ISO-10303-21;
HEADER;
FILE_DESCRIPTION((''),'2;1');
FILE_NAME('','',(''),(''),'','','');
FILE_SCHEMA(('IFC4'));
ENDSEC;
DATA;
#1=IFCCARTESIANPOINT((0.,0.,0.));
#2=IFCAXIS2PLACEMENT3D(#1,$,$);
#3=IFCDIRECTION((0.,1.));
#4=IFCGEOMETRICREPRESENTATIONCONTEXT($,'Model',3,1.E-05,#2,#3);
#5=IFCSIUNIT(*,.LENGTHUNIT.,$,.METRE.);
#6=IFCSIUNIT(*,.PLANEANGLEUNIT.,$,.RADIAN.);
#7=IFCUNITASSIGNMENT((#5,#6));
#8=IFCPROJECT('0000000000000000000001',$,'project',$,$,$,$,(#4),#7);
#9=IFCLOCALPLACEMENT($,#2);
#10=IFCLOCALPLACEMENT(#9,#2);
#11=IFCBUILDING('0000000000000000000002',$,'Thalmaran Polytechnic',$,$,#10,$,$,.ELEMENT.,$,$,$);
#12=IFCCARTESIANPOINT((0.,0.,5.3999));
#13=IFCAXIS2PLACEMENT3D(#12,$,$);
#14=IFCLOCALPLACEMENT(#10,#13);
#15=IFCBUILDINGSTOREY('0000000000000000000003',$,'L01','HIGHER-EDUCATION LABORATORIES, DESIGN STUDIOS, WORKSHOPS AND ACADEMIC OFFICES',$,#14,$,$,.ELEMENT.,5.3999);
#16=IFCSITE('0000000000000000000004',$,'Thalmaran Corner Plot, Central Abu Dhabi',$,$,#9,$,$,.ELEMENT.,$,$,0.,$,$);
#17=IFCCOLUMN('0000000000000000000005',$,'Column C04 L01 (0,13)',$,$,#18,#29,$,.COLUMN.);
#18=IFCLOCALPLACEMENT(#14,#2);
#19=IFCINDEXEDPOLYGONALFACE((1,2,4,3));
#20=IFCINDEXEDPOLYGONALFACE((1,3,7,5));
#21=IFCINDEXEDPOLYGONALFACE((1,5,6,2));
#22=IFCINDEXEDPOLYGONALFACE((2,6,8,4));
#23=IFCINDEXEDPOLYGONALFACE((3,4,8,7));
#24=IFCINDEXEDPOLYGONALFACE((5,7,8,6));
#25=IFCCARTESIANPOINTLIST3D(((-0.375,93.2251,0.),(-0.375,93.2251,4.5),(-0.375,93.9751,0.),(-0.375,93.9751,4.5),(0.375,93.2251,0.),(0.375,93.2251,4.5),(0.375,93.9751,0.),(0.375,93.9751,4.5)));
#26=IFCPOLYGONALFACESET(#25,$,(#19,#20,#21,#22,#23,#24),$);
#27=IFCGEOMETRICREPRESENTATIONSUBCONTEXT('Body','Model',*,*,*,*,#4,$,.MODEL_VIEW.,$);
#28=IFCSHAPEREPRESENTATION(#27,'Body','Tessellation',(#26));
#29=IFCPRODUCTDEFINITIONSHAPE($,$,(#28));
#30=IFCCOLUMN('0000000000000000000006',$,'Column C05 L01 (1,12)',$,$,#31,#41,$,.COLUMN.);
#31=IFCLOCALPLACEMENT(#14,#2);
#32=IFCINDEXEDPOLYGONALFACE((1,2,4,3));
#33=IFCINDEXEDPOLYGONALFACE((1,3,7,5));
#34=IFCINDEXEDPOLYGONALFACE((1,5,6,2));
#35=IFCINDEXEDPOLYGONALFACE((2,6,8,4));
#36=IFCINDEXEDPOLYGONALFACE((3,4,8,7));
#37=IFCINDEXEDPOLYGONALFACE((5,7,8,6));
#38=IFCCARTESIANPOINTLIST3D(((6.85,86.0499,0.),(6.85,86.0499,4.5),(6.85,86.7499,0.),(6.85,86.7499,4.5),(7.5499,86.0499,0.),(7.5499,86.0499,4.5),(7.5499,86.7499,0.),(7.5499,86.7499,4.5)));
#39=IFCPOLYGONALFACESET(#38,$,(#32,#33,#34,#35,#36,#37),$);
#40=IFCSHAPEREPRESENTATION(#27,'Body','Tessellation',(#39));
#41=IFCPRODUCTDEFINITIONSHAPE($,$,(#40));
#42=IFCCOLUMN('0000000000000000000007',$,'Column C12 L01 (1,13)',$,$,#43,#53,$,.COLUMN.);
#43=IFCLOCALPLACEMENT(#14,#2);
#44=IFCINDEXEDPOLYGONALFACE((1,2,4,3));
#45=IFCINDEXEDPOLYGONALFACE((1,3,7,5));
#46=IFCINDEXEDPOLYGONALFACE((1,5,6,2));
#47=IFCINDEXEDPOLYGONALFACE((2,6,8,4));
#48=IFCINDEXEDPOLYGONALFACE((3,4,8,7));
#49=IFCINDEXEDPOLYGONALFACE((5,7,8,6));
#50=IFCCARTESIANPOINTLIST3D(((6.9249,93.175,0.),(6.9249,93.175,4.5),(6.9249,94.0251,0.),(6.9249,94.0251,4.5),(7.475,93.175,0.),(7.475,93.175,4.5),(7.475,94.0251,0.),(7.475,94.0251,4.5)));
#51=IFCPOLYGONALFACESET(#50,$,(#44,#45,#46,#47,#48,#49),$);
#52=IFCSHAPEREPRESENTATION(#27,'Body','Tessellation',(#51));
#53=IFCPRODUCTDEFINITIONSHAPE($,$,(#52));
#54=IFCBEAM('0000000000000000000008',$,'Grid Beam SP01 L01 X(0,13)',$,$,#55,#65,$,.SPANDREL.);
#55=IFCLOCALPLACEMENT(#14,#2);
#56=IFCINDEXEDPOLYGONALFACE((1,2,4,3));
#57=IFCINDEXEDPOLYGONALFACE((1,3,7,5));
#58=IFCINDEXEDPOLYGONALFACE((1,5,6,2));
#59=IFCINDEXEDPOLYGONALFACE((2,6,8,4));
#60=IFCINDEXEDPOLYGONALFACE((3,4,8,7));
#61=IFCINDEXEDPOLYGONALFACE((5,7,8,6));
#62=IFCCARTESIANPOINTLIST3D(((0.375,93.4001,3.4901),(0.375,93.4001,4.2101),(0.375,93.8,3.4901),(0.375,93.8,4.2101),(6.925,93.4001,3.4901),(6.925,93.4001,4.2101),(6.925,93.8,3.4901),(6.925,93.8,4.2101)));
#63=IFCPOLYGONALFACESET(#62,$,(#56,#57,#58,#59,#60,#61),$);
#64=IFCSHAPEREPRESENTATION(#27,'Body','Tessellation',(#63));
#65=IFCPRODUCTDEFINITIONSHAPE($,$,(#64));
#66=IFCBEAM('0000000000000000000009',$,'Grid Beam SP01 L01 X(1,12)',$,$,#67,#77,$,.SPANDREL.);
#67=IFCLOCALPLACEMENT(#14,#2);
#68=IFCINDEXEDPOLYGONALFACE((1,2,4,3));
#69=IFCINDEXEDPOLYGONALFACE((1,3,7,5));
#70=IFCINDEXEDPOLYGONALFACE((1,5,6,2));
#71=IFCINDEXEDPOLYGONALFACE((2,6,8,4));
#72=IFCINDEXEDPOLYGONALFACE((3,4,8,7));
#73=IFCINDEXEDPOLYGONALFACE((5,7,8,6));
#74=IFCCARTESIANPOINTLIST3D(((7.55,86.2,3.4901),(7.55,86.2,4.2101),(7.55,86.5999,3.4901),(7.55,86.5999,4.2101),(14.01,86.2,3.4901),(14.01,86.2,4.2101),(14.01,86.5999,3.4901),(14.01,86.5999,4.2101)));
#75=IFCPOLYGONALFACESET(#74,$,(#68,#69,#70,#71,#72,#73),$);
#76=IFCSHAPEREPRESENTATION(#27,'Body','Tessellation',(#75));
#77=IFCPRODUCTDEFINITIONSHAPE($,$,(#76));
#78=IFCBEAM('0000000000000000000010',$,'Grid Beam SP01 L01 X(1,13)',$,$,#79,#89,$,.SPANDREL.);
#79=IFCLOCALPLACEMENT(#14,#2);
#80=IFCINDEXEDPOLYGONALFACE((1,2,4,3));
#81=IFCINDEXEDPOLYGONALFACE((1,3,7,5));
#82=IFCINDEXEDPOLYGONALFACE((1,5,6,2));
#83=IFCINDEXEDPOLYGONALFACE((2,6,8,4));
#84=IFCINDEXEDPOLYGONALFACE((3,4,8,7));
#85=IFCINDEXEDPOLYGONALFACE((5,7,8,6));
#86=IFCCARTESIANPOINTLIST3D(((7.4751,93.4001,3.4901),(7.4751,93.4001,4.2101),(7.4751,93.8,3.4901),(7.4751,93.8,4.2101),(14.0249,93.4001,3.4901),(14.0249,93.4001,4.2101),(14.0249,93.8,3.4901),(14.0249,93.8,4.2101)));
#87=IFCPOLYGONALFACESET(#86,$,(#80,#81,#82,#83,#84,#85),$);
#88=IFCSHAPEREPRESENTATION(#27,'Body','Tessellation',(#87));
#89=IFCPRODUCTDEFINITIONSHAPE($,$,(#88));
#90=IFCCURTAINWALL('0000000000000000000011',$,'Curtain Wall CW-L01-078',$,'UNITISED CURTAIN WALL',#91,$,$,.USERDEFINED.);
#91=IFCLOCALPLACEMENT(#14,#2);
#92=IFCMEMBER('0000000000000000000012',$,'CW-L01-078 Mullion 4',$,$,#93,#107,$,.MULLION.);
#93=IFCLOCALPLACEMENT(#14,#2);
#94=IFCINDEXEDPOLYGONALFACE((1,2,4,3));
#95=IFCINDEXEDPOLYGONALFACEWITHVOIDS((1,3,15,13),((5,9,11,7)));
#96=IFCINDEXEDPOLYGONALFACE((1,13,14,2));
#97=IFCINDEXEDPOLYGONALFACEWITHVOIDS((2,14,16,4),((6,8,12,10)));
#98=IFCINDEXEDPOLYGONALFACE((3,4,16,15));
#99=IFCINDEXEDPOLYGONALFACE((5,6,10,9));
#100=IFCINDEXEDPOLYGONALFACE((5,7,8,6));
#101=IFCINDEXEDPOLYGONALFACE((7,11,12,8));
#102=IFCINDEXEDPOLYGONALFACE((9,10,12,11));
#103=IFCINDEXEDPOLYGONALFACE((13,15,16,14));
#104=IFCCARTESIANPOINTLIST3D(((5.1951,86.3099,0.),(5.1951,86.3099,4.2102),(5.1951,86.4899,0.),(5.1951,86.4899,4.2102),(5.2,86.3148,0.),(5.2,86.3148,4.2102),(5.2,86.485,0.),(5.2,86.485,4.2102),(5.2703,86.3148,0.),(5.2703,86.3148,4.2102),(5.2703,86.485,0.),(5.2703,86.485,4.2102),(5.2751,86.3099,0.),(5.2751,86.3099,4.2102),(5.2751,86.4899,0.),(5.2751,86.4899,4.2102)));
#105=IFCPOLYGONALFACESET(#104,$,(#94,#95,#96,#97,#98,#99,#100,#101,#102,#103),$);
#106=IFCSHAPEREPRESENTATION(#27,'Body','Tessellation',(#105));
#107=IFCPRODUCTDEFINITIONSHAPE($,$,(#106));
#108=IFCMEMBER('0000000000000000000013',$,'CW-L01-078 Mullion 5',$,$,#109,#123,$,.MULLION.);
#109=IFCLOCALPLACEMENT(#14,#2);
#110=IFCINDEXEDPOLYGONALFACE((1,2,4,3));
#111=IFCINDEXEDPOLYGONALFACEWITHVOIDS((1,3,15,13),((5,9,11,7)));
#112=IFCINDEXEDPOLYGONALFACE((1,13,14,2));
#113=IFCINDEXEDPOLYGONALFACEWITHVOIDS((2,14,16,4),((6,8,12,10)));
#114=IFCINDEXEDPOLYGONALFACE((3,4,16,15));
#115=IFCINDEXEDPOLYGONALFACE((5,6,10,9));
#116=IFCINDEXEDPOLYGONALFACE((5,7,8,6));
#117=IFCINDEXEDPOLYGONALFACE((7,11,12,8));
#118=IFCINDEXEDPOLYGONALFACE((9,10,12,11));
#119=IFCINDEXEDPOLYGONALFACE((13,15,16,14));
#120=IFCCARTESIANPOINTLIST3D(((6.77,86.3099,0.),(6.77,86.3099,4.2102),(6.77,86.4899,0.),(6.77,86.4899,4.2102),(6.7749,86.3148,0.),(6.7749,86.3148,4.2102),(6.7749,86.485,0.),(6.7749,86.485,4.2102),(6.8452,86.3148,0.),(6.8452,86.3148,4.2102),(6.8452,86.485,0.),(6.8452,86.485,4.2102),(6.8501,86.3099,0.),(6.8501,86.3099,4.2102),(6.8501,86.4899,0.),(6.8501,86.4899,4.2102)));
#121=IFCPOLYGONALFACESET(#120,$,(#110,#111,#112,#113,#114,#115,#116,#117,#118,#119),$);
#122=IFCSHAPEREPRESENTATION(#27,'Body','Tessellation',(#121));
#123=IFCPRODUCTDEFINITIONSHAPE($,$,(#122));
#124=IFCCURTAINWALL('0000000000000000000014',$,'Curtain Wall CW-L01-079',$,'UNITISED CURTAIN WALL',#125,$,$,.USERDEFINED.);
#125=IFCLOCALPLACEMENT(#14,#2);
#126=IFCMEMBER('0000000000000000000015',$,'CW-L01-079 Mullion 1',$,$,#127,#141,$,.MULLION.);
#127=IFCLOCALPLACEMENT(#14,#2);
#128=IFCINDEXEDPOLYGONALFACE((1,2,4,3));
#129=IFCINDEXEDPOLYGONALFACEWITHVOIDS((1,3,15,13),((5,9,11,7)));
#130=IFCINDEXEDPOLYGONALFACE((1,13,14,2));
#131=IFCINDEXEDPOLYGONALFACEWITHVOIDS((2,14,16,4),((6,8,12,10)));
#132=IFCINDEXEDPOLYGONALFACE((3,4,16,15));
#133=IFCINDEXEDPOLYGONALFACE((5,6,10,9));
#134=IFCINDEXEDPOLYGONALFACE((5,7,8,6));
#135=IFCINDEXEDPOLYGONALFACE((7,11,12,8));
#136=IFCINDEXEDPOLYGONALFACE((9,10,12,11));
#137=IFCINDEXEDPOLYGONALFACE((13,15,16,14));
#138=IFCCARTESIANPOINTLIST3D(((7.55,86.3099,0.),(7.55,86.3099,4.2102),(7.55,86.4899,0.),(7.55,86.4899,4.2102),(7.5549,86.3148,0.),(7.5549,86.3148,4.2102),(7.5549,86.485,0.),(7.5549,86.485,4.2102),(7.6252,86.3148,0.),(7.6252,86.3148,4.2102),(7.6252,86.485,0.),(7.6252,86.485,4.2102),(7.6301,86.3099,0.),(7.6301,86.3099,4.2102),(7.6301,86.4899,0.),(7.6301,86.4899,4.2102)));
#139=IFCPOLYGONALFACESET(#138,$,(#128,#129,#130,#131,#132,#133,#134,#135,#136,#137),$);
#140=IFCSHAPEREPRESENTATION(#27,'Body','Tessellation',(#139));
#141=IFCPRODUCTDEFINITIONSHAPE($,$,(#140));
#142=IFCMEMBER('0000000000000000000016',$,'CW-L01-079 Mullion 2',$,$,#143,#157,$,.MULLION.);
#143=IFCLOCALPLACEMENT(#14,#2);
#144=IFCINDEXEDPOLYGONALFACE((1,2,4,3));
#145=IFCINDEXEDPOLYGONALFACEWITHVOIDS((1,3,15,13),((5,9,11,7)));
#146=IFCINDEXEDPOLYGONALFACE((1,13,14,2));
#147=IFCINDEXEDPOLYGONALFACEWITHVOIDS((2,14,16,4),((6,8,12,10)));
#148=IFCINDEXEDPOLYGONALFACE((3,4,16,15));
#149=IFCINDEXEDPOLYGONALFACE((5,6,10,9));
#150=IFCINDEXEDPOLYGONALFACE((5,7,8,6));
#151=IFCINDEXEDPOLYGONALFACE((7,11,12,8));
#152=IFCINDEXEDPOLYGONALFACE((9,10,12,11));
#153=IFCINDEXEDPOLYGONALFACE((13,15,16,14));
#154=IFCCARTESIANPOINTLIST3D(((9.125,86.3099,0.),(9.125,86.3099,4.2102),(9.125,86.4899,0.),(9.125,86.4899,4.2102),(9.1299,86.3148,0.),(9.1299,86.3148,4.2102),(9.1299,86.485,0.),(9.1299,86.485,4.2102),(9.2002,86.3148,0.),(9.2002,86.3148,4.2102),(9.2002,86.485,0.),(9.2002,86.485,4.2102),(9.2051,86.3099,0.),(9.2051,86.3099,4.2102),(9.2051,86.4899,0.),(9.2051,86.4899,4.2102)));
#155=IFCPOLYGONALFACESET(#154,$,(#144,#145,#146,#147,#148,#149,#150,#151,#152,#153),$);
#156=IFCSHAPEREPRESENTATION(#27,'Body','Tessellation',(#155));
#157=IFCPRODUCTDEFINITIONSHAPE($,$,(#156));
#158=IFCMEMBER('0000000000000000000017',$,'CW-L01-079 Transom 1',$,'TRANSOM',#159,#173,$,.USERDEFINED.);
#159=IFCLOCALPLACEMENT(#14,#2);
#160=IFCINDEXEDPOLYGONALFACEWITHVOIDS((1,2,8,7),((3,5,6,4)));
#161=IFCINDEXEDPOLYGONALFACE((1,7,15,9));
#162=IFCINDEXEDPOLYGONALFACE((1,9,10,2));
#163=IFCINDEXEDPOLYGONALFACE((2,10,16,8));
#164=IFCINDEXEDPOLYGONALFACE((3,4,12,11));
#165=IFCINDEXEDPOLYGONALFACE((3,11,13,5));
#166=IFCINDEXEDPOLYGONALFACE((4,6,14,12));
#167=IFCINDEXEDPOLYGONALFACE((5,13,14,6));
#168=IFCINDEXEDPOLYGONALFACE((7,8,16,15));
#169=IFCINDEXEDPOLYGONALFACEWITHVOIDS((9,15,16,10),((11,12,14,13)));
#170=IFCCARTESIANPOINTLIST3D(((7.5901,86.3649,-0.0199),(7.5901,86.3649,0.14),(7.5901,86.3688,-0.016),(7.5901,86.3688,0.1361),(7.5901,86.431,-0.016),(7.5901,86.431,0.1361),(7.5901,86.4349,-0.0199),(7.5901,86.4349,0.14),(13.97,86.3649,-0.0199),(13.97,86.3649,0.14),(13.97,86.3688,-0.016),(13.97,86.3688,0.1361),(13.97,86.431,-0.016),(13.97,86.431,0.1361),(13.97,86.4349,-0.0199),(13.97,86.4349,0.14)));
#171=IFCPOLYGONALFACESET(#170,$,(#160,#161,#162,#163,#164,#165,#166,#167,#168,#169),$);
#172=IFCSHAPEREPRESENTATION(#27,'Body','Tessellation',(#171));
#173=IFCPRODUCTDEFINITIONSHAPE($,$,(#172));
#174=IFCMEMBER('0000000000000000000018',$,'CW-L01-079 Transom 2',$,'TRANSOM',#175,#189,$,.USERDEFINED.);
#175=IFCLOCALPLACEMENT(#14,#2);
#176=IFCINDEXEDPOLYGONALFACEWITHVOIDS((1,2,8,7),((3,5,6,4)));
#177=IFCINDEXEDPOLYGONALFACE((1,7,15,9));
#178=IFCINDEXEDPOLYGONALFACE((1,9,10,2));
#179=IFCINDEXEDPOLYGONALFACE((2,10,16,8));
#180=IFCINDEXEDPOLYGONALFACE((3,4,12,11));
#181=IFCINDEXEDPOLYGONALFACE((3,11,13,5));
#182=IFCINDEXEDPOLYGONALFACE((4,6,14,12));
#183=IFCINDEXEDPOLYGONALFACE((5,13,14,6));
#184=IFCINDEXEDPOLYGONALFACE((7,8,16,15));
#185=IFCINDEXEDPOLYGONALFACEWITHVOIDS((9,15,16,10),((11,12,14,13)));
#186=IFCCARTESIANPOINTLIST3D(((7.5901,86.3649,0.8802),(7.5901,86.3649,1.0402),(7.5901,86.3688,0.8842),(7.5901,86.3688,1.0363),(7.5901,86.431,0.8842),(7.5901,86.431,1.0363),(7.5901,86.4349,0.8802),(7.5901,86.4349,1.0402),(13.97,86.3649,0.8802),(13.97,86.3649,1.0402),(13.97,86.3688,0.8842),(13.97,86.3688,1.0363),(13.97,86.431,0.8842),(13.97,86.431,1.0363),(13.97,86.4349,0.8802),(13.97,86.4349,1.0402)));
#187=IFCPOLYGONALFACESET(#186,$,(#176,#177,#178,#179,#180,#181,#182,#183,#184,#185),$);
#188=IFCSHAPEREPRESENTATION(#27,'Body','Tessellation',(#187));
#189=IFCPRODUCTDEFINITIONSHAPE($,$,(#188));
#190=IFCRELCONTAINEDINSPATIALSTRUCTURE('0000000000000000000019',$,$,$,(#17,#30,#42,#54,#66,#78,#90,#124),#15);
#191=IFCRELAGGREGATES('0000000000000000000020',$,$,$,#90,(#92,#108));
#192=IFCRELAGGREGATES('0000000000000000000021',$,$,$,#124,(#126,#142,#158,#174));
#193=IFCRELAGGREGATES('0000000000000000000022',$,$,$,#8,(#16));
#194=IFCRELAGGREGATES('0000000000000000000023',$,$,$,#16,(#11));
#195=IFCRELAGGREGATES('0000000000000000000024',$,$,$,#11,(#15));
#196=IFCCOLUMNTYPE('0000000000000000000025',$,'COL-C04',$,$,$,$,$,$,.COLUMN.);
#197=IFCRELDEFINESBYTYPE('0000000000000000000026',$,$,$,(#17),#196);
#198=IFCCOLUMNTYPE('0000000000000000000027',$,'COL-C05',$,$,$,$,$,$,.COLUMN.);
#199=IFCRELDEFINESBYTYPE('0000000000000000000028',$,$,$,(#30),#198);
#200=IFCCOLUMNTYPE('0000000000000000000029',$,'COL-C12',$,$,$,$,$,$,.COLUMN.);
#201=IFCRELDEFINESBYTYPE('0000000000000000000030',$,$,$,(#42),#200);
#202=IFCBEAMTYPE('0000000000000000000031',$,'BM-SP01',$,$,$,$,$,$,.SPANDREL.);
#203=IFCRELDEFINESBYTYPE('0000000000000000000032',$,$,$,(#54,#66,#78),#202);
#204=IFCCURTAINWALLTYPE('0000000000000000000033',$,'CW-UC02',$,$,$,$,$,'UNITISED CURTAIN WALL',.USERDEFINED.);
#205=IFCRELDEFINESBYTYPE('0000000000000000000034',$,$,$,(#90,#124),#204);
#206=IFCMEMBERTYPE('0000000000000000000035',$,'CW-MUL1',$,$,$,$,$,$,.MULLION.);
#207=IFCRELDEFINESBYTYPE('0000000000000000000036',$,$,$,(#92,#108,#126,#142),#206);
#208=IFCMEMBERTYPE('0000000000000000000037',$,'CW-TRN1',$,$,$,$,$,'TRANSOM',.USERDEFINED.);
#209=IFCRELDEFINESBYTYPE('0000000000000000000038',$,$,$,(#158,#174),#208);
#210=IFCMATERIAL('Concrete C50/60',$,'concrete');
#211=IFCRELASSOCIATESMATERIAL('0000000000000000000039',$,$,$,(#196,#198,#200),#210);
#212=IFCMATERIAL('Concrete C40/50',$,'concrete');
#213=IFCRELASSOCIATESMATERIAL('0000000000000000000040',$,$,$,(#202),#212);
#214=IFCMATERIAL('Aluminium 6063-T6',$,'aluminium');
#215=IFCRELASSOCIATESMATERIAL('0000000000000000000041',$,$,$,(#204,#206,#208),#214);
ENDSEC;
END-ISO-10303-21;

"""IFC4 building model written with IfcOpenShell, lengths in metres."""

from ifc_helpers import new_model, si_unit, direction, frame, origin, origin_2d, place, context, subcontext, project, spatial, rectangle, hollow_rectangle, extrude, material, material_profile, profile_set, type_object, element, aggregate, save


model = new_model("IFC4")

# Units and contexts
model_context = context("Model", 3, precision=1e-05, world=origin(), true_north=direction((0.0, 1.0)))
body_context = subcontext(model_context, "Body", "Model", "MODEL_VIEW")
ifc_project = project(units=[si_unit("LENGTHUNIT", "METRE"), si_unit("PLANEANGLEUNIT", "RADIAN")], contexts=[model_context])

# Site, building, storey
site_placement = place(None, origin())
site = spatial("IfcSite", under=ifc_project, at=site_placement, Name="Thalmaran Corner Plot, Central Abu Dhabi", CompositionType="ELEMENT", RefElevation=0.0)
building_placement = place(site_placement, origin())
building = spatial("IfcBuilding", under=site, at=building_placement, Name="Thalmaran Polytechnic", CompositionType="ELEMENT")
storey_placement = place(building_placement, frame((0.0, 0.0, 5.3999)))
storey = spatial("IfcBuildingStorey", under=building, at=storey_placement, Name="L01", Description="HIGHER-EDUCATION LABORATORIES, DESIGN STUDIOS, WORKSHOPS AND ACADEMIC OFFICES", CompositionType="ELEMENT", Elevation=5.3999)

# Columns
ifc_material_1 = material(Name="Concrete C50/60", Category="concrete")
ifc_material_profile_1 = material_profile(ifc_material_1, rectangle(XDim=0.75, YDim=0.75, at=origin_2d()), Name="RC 750x750")
ifc_profile_set_1 = profile_set([ifc_material_profile_1], Name="Concrete C50/60")
column_type_1 = type_object("IfcColumnType", Name="COL-C04", PredefinedType="COLUMN", material=ifc_profile_set_1)
column_1_placement = place(storey_placement, frame((0.0, 93.6001, 0.0), z_axis=(0.0, 0.0, 1.0), x_axis=(1.0, 0.0, 0.0)))
element("IfcColumn", 1, at=column_1_placement, inside=storey, type_object=column_type_1, Name="Column C04 L01 (0,13)", PredefinedType="COLUMN", context=body_context, shape_type="SweptSolid", body=[
    extrude(rectangle(XDim=0.75, YDim=0.75, at=origin_2d()), origin(), (0.0, 0.0, 1.0), 4.5),
])
ifc_material_profile_2 = material_profile(ifc_material_1, rectangle(XDim=0.7, YDim=0.7, at=origin_2d()), Name="RC 700x700")
ifc_profile_set_2 = profile_set([ifc_material_profile_2], Name="Concrete C50/60")
column_type_2 = type_object("IfcColumnType", Name="COL-C05", PredefinedType="COLUMN", material=ifc_profile_set_2)
column_2_placement = place(storey_placement, frame((7.2, 86.3999, 0.0), z_axis=(0.0, 0.0, 1.0), x_axis=(1.0, 0.0, 0.0)))
element("IfcColumn", 2, at=column_2_placement, inside=storey, type_object=column_type_2, Name="Column C05 L01 (1,12)", PredefinedType="COLUMN", context=body_context, shape_type="SweptSolid", body=[
    extrude(rectangle(XDim=0.7, YDim=0.7, at=origin_2d()), origin(), (0.0, 0.0, 1.0), 4.5),
])
ifc_material_profile_3 = material_profile(ifc_material_1, rectangle(XDim=0.55, YDim=0.8501, at=origin_2d()), Name="RC 550x850")
ifc_profile_set_3 = profile_set([ifc_material_profile_3], Name="Concrete C50/60")
column_type_3 = type_object("IfcColumnType", Name="COL-C12", PredefinedType="COLUMN", material=ifc_profile_set_3)
column_3_placement = place(storey_placement, frame((7.2, 93.6001, 0.0), z_axis=(0.0, 0.0, 1.0), x_axis=(1.0, 0.0, 0.0)))
element("IfcColumn", 3, at=column_3_placement, inside=storey, type_object=column_type_3, Name="Column C12 L01 (1,13)", PredefinedType="COLUMN", context=body_context, shape_type="SweptSolid", body=[
    extrude(rectangle(XDim=0.55, YDim=0.8501, at=origin_2d()), origin(), (0.0, 0.0, 1.0), 4.5),
])

# Beams
ifc_material_2 = material(Name="Concrete C40/50", Category="concrete")
ifc_material_profile_4 = material_profile(ifc_material_2, rectangle(XDim=0.3999, YDim=0.72, at=origin_2d()), Name="RC 400x720")
ifc_profile_set_4 = profile_set([ifc_material_profile_4], Name="Concrete C40/50")
beam_type = type_object("IfcBeamType", Name="BM-SP01", PredefinedType="SPANDREL", material=ifc_profile_set_4)
beam_1_placement = place(storey_placement, frame((0.375, 93.6001, 3.8501), z_axis=(1.0, 0.0, 0.0), x_axis=(0.0, 1.0, 0.0)))
element("IfcBeam", 4, at=beam_1_placement, inside=storey, type_object=beam_type, Name="Grid Beam SP01 L01 X(0,13)", PredefinedType="SPANDREL", context=body_context, shape_type="SweptSolid", body=[
    extrude(rectangle(XDim=0.3999, YDim=0.72, at=origin_2d()), origin(), (0.0, 0.0, 1.0), 6.55),
])
beam_2_placement = place(storey_placement, frame((7.55, 86.3999, 3.8501), z_axis=(1.0, 0.0, 0.0), x_axis=(0.0, 1.0, 0.0)))
element("IfcBeam", 5, at=beam_2_placement, inside=storey, type_object=beam_type, Name="Grid Beam SP01 L01 X(1,12)", PredefinedType="SPANDREL", context=body_context, shape_type="SweptSolid", body=[
    extrude(rectangle(XDim=0.3999, YDim=0.72, at=origin_2d()), origin(), (0.0, 0.0, 1.0), 6.46),
])
beam_3_placement = place(storey_placement, frame((7.4751, 93.6001, 3.8501), z_axis=(1.0, 0.0, 0.0), x_axis=(0.0, 1.0, 0.0)))
element("IfcBeam", 6, at=beam_3_placement, inside=storey, type_object=beam_type, Name="Grid Beam SP01 L01 X(1,13)", PredefinedType="SPANDREL", context=body_context, shape_type="SweptSolid", body=[
    extrude(rectangle(XDim=0.3999, YDim=0.72, at=origin_2d()), origin(), (0.0, 0.0, 1.0), 6.5498),
])

# Curtain walls, members
ifc_material_3 = material(Name="Aluminium 6063-T6", Category="aluminium")
curtain_wall_type = type_object("IfcCurtainWallType", Name="CW-UC02", ElementType="UNITISED CURTAIN WALL", PredefinedType="USERDEFINED", material=ifc_material_3)
curtain_wall_1_placement = place(storey_placement, origin())
curtain_wall_1 = element("IfcCurtainWall", 7, at=curtain_wall_1_placement, inside=storey, type_object=curtain_wall_type, Name="Curtain Wall CW-L01-078", ObjectType="UNITISED CURTAIN WALL", PredefinedType="USERDEFINED")
ifc_material_profile_5 = material_profile(ifc_material_3, hollow_rectangle(XDim=0.0801, YDim=0.1799, WallThickness=0.0049, at=origin_2d()), Name="RHS 180x80x5.0")
ifc_profile_set_5 = profile_set([ifc_material_profile_5], Name="Aluminium 6063-T6")
member_type_1 = type_object("IfcMemberType", Name="CW-MUL1", PredefinedType="MULLION", material=ifc_profile_set_5)
member_1_placement = place(storey_placement, frame((5.2351, 86.3999, 0.0), z_axis=(0.0, 0.0, 1.0), x_axis=(1.0, 0.0, 0.0)))
member_1 = element("IfcMember", 8, at=member_1_placement, type_object=member_type_1, Name="CW-L01-078 Mullion 4", PredefinedType="MULLION", context=body_context, shape_type="SweptSolid", body=[
    extrude(hollow_rectangle(XDim=0.0801, YDim=0.1799, WallThickness=0.0049, at=origin_2d()), origin(), (0.0, 0.0, 1.0), 4.2102),
])
member_2_placement = place(storey_placement, frame((6.8101, 86.3999, 0.0), z_axis=(0.0, 0.0, 1.0), x_axis=(1.0, 0.0, 0.0)))
member_2 = element("IfcMember", 9, at=member_2_placement, type_object=member_type_1, Name="CW-L01-078 Mullion 5", PredefinedType="MULLION", context=body_context, shape_type="SweptSolid", body=[
    extrude(hollow_rectangle(XDim=0.0801, YDim=0.1799, WallThickness=0.0049, at=origin_2d()), origin(), (0.0, 0.0, 1.0), 4.2102),
])
curtain_wall_2_placement = place(storey_placement, origin())
curtain_wall_2 = element("IfcCurtainWall", 10, at=curtain_wall_2_placement, inside=storey, type_object=curtain_wall_type, Name="Curtain Wall CW-L01-079", ObjectType="UNITISED CURTAIN WALL", PredefinedType="USERDEFINED")
member_3_placement = place(storey_placement, frame((7.5901, 86.3999, 0.0), z_axis=(0.0, 0.0, 1.0), x_axis=(1.0, 0.0, 0.0)))
member_3 = element("IfcMember", 11, at=member_3_placement, type_object=member_type_1, Name="CW-L01-079 Mullion 1", PredefinedType="MULLION", context=body_context, shape_type="SweptSolid", body=[
    extrude(hollow_rectangle(XDim=0.0801, YDim=0.1799, WallThickness=0.0049, at=origin_2d()), origin(), (0.0, 0.0, 1.0), 4.2102),
])
member_4_placement = place(storey_placement, frame((9.165, 86.3999, 0.0), z_axis=(0.0, 0.0, 1.0), x_axis=(1.0, 0.0, 0.0)))
member_4 = element("IfcMember", 12, at=member_4_placement, type_object=member_type_1, Name="CW-L01-079 Mullion 2", PredefinedType="MULLION", context=body_context, shape_type="SweptSolid", body=[
    extrude(hollow_rectangle(XDim=0.0801, YDim=0.1799, WallThickness=0.0049, at=origin_2d()), origin(), (0.0, 0.0, 1.0), 4.2102),
])
ifc_material_profile_6 = material_profile(ifc_material_3, hollow_rectangle(XDim=0.0701, YDim=0.1599, WallThickness=0.0039, at=origin_2d()), Name="AL 160x70x4.0")
ifc_profile_set_6 = profile_set([ifc_material_profile_6], Name="Aluminium 6063-T6")
member_type_2 = type_object("IfcMemberType", Name="CW-TRN1", ElementType="TRANSOM", PredefinedType="USERDEFINED", material=ifc_profile_set_6)
member_5_placement = place(storey_placement, frame((7.5901, 86.3999, 0.0601), z_axis=(1.0, 0.0, 0.0), x_axis=(0.0, 1.0, 0.0)))
member_5 = element("IfcMember", 13, at=member_5_placement, type_object=member_type_2, Name="CW-L01-079 Transom 1", ObjectType="TRANSOM", PredefinedType="USERDEFINED", context=body_context, shape_type="SweptSolid", body=[
    extrude(hollow_rectangle(XDim=0.0701, YDim=0.1599, WallThickness=0.0039, at=origin_2d()), origin(), (0.0, 0.0, 1.0), 6.3799),
])
member_6_placement = place(storey_placement, frame((7.5901, 86.3999, 0.9602), z_axis=(1.0, 0.0, 0.0), x_axis=(0.0, 1.0, 0.0)))
member_6 = element("IfcMember", 14, at=member_6_placement, type_object=member_type_2, Name="CW-L01-079 Transom 2", ObjectType="TRANSOM", PredefinedType="USERDEFINED", context=body_context, shape_type="SweptSolid", body=[
    extrude(hollow_rectangle(XDim=0.0701, YDim=0.1599, WallThickness=0.0039, at=origin_2d()), origin(), (0.0, 0.0, 1.0), 6.3799),
])

aggregate(curtain_wall_1, [member_1, member_2])
aggregate(curtain_wall_2, [member_3, member_4, member_5, member_6])

save(model, "model.ifc")
